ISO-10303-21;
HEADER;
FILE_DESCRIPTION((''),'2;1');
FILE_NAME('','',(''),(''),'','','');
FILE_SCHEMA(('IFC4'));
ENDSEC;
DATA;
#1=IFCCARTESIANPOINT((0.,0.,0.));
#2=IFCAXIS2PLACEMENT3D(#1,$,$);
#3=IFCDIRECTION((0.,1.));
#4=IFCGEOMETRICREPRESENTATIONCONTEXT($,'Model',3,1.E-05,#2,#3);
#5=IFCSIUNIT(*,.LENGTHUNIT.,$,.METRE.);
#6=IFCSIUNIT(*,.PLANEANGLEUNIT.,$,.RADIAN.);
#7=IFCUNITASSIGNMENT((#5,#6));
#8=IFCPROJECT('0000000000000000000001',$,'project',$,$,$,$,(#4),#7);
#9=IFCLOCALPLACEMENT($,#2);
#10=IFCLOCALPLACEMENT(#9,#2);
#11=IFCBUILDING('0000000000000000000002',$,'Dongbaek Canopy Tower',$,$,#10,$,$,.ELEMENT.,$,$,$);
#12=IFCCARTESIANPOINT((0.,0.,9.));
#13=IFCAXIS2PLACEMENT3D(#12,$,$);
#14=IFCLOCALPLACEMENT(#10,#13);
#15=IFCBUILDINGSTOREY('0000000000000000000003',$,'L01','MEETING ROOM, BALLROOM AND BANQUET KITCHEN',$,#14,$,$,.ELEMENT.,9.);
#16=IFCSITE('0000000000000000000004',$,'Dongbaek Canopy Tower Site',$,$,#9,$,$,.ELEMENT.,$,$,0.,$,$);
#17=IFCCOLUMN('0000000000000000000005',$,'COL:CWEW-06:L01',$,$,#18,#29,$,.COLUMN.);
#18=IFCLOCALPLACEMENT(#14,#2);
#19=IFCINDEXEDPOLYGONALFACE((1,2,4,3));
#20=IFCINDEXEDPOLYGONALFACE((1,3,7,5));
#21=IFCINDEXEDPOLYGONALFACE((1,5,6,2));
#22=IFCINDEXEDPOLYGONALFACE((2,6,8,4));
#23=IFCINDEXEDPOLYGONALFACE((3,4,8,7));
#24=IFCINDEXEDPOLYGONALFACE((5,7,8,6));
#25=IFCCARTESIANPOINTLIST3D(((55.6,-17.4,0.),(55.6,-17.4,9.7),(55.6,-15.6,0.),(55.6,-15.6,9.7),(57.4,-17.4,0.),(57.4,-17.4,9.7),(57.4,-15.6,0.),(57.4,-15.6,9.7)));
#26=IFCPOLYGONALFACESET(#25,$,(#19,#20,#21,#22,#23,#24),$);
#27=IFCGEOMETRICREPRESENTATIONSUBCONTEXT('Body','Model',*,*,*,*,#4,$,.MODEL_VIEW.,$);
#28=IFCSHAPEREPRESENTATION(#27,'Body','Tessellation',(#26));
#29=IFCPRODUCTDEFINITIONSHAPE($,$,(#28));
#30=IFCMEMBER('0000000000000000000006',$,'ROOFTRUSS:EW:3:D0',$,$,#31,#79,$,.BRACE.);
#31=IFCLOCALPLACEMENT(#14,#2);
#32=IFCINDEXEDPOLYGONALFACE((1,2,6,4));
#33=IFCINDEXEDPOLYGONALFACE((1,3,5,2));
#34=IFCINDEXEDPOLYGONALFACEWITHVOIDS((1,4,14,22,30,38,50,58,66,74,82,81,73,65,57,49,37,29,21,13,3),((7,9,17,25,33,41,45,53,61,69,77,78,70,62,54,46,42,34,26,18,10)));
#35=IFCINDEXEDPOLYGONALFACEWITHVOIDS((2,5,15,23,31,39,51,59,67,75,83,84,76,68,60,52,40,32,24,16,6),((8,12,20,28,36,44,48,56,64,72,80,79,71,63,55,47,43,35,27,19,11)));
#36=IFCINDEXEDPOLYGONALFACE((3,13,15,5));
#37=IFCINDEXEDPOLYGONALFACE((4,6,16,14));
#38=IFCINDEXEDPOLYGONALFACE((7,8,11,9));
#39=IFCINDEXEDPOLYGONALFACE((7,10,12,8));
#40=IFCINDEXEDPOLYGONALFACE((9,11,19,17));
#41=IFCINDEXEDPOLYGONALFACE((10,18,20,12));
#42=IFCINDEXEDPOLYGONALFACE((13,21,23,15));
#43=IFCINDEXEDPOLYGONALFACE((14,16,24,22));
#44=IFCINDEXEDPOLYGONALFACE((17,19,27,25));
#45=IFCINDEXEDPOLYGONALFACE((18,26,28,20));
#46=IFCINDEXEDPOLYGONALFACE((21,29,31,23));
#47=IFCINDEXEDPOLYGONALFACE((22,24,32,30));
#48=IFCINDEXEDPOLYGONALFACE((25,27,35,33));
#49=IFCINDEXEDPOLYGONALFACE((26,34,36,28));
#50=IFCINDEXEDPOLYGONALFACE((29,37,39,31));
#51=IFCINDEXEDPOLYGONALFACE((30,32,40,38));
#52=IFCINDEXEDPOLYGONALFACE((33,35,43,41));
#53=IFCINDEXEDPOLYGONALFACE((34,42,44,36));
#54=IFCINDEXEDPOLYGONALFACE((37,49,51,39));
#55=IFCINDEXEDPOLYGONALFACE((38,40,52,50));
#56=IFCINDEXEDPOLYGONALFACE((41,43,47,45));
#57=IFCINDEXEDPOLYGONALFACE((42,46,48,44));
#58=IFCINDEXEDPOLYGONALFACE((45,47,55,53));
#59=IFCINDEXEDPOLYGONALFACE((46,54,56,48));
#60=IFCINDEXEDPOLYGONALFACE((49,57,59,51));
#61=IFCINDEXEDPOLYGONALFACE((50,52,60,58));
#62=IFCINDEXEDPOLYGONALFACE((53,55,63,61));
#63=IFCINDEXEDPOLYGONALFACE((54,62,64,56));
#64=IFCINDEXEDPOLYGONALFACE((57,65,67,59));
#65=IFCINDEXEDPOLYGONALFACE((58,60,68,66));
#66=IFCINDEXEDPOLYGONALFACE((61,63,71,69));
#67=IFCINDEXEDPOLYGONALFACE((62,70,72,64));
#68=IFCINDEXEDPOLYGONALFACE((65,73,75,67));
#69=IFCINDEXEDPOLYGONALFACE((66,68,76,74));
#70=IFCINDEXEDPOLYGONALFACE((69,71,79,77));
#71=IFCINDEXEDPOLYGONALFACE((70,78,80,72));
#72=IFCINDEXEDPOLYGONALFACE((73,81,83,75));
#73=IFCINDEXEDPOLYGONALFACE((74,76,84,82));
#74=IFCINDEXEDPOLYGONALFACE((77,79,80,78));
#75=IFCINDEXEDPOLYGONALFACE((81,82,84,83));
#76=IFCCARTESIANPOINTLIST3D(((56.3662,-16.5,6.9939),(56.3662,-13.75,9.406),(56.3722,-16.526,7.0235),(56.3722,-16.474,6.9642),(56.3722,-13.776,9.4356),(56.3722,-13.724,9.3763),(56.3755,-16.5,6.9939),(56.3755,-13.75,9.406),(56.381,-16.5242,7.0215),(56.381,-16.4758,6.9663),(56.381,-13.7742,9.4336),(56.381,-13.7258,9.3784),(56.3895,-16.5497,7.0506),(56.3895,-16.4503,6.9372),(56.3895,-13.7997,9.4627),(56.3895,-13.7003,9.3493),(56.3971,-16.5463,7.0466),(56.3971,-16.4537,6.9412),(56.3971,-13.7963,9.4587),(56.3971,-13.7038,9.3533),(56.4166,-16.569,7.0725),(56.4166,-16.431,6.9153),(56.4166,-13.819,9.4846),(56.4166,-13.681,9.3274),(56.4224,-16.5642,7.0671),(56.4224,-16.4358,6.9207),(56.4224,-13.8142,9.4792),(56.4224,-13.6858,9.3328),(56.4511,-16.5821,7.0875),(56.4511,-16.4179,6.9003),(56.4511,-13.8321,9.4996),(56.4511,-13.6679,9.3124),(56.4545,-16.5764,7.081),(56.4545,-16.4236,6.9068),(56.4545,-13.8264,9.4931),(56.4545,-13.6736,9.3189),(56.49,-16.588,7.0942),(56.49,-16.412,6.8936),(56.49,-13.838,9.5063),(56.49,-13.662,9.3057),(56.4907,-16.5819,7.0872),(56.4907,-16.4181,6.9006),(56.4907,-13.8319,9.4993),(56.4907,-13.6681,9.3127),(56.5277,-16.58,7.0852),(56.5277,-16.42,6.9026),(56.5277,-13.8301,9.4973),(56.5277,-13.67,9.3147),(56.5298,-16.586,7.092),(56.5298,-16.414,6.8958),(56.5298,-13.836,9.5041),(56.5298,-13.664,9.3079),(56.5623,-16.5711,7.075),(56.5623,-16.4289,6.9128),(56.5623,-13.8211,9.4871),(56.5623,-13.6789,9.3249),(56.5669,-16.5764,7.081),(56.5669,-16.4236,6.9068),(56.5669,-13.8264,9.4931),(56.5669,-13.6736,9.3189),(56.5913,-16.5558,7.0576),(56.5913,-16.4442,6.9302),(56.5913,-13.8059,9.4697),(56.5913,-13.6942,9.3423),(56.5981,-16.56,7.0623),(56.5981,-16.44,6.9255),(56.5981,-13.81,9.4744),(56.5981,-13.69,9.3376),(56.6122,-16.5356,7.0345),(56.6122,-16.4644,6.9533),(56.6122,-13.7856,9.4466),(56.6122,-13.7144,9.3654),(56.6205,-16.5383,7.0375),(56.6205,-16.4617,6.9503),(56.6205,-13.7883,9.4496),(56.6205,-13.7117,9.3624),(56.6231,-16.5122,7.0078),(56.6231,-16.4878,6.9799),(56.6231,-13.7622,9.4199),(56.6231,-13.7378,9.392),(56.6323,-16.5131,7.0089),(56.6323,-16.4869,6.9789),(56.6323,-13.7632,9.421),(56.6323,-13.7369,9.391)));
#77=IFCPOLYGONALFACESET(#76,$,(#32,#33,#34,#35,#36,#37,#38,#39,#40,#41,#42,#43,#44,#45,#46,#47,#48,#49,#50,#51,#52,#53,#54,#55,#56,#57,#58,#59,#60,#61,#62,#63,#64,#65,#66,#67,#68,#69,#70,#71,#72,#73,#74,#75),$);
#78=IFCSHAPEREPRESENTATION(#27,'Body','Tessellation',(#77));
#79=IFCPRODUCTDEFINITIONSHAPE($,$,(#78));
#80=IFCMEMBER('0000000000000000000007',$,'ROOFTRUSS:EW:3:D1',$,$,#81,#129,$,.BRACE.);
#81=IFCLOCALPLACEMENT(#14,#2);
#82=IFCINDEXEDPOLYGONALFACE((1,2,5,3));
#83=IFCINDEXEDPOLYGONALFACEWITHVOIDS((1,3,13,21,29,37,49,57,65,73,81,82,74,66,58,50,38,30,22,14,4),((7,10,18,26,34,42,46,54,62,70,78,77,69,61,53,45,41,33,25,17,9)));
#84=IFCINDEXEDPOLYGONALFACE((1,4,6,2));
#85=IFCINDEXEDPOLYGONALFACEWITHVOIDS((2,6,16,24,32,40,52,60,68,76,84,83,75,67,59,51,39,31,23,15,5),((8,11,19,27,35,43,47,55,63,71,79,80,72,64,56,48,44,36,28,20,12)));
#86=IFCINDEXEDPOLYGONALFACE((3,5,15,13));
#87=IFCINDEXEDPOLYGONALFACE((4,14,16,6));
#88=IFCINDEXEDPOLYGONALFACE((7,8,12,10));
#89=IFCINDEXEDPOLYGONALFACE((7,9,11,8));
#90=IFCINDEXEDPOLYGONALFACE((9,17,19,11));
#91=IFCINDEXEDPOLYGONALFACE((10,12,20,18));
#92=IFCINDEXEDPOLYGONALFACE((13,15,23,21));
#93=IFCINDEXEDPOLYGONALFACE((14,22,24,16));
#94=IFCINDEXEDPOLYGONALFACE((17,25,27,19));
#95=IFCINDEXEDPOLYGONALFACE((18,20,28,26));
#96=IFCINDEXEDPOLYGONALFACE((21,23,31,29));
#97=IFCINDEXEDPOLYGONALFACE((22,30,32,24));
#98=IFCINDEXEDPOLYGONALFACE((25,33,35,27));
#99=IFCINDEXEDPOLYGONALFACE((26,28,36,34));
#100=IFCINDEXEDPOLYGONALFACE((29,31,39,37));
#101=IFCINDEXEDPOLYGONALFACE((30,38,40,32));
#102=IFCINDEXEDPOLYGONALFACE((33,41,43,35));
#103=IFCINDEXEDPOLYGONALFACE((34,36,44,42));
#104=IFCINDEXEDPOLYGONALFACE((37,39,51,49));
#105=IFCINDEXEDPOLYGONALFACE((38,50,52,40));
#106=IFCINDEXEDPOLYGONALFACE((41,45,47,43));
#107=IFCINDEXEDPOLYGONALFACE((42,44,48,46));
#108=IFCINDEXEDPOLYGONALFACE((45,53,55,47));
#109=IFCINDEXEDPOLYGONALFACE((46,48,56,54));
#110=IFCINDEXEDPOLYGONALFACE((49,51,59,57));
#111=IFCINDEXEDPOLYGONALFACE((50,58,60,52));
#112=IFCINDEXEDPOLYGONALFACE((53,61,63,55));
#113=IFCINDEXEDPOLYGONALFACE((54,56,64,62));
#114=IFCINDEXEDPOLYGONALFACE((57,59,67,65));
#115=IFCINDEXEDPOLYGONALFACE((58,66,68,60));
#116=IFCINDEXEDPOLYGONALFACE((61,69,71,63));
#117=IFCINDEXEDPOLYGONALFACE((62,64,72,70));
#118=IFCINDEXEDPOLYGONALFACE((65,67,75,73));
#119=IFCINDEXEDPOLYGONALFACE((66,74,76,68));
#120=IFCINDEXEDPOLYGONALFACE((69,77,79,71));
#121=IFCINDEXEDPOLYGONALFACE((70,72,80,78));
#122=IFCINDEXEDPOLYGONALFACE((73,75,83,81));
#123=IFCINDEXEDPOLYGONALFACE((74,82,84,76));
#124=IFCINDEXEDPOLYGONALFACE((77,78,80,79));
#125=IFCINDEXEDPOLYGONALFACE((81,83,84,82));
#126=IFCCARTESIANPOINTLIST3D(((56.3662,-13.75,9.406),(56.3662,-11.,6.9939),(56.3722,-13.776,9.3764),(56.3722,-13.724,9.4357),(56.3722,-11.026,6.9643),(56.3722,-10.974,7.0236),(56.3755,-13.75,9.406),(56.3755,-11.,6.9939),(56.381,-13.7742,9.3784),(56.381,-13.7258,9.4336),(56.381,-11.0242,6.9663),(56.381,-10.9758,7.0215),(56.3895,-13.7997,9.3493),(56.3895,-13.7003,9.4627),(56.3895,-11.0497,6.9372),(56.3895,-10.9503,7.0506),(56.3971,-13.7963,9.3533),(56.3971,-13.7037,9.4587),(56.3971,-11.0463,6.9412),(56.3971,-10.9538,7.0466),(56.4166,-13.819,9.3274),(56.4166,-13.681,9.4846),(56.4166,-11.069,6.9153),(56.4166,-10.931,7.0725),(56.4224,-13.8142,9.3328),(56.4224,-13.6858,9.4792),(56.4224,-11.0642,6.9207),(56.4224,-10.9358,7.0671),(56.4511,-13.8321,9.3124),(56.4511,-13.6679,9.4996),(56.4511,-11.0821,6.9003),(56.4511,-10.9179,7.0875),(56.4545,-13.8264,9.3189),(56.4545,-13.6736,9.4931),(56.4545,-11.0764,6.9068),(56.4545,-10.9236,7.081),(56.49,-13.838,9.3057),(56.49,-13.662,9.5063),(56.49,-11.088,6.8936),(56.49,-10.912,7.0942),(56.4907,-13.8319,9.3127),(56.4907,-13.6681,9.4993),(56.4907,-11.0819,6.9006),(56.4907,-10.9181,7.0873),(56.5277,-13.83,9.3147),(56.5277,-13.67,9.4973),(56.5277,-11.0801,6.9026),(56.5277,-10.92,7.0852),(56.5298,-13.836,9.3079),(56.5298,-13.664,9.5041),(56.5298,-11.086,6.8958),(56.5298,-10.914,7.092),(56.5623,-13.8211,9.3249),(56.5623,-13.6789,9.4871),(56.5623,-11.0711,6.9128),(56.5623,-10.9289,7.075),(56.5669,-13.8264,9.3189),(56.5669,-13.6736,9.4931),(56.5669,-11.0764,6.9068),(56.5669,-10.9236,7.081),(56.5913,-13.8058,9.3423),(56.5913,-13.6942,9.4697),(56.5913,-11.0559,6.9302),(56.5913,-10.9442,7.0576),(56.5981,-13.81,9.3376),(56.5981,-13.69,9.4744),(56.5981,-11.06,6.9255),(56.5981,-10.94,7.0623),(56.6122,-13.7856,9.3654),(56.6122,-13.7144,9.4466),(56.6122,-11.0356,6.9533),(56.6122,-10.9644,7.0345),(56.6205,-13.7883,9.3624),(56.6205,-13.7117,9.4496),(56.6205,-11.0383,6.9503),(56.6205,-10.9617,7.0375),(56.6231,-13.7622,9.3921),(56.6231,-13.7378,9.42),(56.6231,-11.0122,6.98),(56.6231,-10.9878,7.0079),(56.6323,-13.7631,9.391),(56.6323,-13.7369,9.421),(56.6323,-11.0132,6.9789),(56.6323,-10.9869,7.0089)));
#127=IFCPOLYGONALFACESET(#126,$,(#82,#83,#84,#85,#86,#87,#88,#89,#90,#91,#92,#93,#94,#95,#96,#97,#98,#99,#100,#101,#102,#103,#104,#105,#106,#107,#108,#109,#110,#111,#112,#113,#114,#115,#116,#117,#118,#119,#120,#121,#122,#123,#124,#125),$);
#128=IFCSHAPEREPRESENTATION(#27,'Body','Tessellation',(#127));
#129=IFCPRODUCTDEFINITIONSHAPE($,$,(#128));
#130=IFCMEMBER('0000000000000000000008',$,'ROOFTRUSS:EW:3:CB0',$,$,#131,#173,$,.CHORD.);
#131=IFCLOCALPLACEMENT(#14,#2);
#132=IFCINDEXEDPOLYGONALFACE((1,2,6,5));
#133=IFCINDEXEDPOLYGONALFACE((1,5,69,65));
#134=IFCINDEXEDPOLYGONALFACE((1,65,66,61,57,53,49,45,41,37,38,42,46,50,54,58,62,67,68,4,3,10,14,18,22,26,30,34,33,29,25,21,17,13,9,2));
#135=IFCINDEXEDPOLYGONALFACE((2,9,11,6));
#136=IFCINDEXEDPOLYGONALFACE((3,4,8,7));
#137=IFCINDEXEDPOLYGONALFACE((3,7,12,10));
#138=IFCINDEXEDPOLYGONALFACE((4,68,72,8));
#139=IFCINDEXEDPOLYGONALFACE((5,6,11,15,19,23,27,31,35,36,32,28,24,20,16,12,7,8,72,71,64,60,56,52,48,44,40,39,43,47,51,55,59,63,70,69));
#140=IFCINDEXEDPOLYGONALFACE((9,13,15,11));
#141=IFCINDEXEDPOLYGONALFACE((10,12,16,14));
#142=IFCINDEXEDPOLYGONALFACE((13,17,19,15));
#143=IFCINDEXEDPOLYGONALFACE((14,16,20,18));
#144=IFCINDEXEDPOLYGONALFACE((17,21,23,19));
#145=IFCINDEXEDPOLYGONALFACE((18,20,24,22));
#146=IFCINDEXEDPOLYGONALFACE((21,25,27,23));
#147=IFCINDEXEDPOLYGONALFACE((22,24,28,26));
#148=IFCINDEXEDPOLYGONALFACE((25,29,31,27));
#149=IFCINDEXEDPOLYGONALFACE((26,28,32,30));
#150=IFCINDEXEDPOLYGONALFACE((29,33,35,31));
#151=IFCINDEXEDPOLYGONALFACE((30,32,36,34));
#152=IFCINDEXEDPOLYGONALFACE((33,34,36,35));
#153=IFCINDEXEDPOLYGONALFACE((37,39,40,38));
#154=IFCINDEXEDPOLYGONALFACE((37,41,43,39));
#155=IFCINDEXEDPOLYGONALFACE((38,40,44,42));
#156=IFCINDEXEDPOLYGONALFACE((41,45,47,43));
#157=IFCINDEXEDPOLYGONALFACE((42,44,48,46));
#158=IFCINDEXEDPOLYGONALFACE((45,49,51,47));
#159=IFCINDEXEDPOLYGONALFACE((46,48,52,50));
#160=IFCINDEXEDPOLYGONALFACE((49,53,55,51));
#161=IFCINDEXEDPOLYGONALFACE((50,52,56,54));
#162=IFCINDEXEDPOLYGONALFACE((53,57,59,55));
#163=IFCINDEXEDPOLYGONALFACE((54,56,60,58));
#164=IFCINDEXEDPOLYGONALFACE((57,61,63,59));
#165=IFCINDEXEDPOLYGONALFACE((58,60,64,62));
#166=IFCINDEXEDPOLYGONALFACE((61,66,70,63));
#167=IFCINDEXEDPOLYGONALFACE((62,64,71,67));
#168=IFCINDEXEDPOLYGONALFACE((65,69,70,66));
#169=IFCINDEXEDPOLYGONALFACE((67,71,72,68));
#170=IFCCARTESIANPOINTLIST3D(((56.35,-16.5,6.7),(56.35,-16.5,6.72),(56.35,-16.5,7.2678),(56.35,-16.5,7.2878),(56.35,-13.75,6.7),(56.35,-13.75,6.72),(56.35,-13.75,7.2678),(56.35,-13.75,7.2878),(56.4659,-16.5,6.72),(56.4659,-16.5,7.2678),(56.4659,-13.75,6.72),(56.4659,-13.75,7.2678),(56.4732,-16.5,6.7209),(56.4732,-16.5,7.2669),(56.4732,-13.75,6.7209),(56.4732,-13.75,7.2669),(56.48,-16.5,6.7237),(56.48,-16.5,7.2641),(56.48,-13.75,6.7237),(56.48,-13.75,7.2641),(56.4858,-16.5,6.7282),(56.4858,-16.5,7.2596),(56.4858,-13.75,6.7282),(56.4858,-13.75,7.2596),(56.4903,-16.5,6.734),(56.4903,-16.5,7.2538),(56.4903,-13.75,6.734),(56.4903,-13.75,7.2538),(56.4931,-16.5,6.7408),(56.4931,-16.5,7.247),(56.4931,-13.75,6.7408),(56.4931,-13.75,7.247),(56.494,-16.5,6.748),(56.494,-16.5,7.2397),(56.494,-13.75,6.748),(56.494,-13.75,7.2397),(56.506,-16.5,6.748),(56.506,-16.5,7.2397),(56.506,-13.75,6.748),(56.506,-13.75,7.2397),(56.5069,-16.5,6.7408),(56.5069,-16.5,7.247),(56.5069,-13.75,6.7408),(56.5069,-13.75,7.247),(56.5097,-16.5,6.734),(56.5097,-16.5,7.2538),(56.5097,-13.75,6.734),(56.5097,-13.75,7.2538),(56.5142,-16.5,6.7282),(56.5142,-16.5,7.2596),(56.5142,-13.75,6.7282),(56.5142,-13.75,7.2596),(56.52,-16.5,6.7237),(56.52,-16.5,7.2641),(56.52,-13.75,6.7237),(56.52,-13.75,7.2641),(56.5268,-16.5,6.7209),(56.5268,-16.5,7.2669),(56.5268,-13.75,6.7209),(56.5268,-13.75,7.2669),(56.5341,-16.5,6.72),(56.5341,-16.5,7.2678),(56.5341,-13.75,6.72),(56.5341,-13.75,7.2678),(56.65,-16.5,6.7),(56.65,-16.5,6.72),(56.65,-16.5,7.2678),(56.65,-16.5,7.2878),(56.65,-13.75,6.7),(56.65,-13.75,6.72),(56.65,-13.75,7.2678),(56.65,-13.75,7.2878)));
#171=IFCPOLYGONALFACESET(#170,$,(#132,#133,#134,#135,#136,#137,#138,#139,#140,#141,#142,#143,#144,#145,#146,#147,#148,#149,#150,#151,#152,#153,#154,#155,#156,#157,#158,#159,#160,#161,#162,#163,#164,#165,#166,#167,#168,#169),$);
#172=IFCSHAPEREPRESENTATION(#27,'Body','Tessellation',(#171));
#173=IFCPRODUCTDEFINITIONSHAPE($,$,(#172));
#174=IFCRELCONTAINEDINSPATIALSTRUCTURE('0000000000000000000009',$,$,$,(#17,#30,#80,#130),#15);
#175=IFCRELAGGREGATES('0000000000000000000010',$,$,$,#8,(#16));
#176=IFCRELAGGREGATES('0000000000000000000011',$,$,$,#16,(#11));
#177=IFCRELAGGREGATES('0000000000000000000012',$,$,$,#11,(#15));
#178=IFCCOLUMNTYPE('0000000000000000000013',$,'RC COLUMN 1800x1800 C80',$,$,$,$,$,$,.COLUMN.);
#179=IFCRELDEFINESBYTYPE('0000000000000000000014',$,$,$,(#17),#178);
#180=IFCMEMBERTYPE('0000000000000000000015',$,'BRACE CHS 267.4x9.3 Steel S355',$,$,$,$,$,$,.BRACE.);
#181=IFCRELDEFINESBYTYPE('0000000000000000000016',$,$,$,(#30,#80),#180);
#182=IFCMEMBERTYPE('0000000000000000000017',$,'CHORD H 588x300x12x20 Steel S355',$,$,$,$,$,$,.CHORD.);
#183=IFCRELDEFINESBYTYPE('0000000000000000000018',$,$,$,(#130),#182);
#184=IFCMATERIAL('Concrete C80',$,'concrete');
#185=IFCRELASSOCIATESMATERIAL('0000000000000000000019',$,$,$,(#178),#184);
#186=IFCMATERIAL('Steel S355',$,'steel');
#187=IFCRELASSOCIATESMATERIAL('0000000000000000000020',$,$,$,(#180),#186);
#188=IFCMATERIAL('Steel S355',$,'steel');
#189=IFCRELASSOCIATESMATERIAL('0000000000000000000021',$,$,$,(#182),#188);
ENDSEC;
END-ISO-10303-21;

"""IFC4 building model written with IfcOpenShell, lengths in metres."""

from ifc_helpers import new_model, si_unit, direction, frame, origin, origin_2d, place, context, subcontext, project, spatial, rectangle, hollow_circle, i_section, extrude, material, material_profile, profile_set, type_object, element, save


model = new_model("IFC4")

# Units and contexts
model_context = context("Model", 3, precision=1e-05, world=origin(), true_north=direction((0.0, 1.0)))
body_context = subcontext(model_context, "Body", "Model", "MODEL_VIEW")
ifc_project = project(units=[si_unit("LENGTHUNIT", "METRE"), si_unit("PLANEANGLEUNIT", "RADIAN")], contexts=[model_context])

# Site, building, storey
site_placement = place(None, origin())
site = spatial("IfcSite", under=ifc_project, at=site_placement, Name="Dongbaek Canopy Tower Site", CompositionType="ELEMENT", RefElevation=0.0)
building_placement = place(site_placement, origin())
building = spatial("IfcBuilding", under=site, at=building_placement, Name="Dongbaek Canopy Tower", CompositionType="ELEMENT")
storey_placement = place(building_placement, frame((0.0, 0.0, 9.0)))
storey = spatial("IfcBuildingStorey", under=building, at=storey_placement, Name="L01", Description="MEETING ROOM, BALLROOM AND BANQUET KITCHEN", CompositionType="ELEMENT", Elevation=9.0)

# Column
ifc_material_1 = material(Name="Concrete C80", Category="concrete")
ifc_material_profile_1 = material_profile(ifc_material_1, rectangle(XDim=1.8, YDim=1.8, at=origin_2d()), Name="RC COLUMN 1800x1800 C80")
ifc_profile_set_1 = profile_set([ifc_material_profile_1], Name="Concrete C80")
column_type = type_object("IfcColumnType", Name="RC COLUMN 1800x1800 C80", PredefinedType="COLUMN", material=ifc_profile_set_1)
column_placement = place(storey_placement, frame((56.5, -16.5, 0.0), z_axis=(0.0, 0.0, 1.0), x_axis=(1.0, 0.0, 0.0)))
element("IfcColumn", 1, at=column_placement, inside=storey, type_object=column_type, Name="COL:CWEW-06:L01", PredefinedType="COLUMN", context=body_context, shape_type="SweptSolid", body=[
    extrude(rectangle(XDim=1.8, YDim=1.8, at=origin_2d()), origin(), (0.0, 0.0, 1.0), 9.7),
])

# Members
ifc_material_2 = material(Name="Steel S355", Category="steel")
ifc_material_profile_2 = material_profile(ifc_material_2, hollow_circle(Radius=0.1338, WallThickness=0.0093, at=origin_2d()), Name="BRACE CHS 267.4x9.3 Steel S355")
ifc_profile_set_2 = profile_set([ifc_material_profile_2], Name="Steel S355")
member_type_1 = type_object("IfcMemberType", Name="BRACE CHS 267.4x9.3 Steel S355", PredefinedType="BRACE", material=ifc_profile_set_2)
for number, where, z_axis, x_axis, name in (
    (2, (56.5, -16.5, 6.9939), (0.0, 0.751782, 0.659411), (-1.0, 0.0, 0.0), "ROOFTRUSS:EW:3:D0"),
    (3, (56.5, -13.75, 9.406), (0.0, 0.751782, -0.659411), (-1.0, 0.0, 0.0), "ROOFTRUSS:EW:3:D1"),
):
    element("IfcMember", number, at=place(storey_placement, frame(where, z_axis=z_axis, x_axis=x_axis)), inside=storey, type_object=member_type_1, Name=name, PredefinedType="BRACE", context=body_context, shape_type="SweptSolid", body=[
        extrude(hollow_circle(Radius=0.1338, WallThickness=0.0093, at=origin_2d()), origin(), (0.0, 0.0, 1.0), 3.658),
    ])
ifc_material_3 = material(Name="Steel S355", Category="steel")
ifc_material_profile_3 = material_profile(ifc_material_3, i_section(OverallWidth=0.3, OverallDepth=0.5879, WebThickness=0.012, FlangeThickness=0.02, FilletRadius=0.0281, at=origin_2d()), Name="CHORD H 588x300x12x20 Steel S355")
ifc_profile_set_3 = profile_set([ifc_material_profile_3], Name="Steel S355")
member_type_2 = type_object("IfcMemberType", Name="CHORD H 588x300x12x20 Steel S355", PredefinedType="CHORD", material=ifc_profile_set_3)
for number, where, z_axis, x_axis, name in (
    (4, (56.5, -16.5, 6.9939), (0.0, 1.0, 0.0), (-1.0, 0.0, 0.0), "ROOFTRUSS:EW:3:CB0"),
):
    element("IfcMember", number, at=place(storey_placement, frame(where, z_axis=z_axis, x_axis=x_axis)), inside=storey, type_object=member_type_2, Name=name, PredefinedType="CHORD", context=body_context, shape_type="SweptSolid", body=[
        extrude(i_section(OverallWidth=0.3, OverallDepth=0.5879, WebThickness=0.012, FlangeThickness=0.02, FilletRadius=0.0281, at=origin_2d()), origin(), (0.0, 0.0, 1.0), 2.75),
    ])

save(model, "model.ifc")
